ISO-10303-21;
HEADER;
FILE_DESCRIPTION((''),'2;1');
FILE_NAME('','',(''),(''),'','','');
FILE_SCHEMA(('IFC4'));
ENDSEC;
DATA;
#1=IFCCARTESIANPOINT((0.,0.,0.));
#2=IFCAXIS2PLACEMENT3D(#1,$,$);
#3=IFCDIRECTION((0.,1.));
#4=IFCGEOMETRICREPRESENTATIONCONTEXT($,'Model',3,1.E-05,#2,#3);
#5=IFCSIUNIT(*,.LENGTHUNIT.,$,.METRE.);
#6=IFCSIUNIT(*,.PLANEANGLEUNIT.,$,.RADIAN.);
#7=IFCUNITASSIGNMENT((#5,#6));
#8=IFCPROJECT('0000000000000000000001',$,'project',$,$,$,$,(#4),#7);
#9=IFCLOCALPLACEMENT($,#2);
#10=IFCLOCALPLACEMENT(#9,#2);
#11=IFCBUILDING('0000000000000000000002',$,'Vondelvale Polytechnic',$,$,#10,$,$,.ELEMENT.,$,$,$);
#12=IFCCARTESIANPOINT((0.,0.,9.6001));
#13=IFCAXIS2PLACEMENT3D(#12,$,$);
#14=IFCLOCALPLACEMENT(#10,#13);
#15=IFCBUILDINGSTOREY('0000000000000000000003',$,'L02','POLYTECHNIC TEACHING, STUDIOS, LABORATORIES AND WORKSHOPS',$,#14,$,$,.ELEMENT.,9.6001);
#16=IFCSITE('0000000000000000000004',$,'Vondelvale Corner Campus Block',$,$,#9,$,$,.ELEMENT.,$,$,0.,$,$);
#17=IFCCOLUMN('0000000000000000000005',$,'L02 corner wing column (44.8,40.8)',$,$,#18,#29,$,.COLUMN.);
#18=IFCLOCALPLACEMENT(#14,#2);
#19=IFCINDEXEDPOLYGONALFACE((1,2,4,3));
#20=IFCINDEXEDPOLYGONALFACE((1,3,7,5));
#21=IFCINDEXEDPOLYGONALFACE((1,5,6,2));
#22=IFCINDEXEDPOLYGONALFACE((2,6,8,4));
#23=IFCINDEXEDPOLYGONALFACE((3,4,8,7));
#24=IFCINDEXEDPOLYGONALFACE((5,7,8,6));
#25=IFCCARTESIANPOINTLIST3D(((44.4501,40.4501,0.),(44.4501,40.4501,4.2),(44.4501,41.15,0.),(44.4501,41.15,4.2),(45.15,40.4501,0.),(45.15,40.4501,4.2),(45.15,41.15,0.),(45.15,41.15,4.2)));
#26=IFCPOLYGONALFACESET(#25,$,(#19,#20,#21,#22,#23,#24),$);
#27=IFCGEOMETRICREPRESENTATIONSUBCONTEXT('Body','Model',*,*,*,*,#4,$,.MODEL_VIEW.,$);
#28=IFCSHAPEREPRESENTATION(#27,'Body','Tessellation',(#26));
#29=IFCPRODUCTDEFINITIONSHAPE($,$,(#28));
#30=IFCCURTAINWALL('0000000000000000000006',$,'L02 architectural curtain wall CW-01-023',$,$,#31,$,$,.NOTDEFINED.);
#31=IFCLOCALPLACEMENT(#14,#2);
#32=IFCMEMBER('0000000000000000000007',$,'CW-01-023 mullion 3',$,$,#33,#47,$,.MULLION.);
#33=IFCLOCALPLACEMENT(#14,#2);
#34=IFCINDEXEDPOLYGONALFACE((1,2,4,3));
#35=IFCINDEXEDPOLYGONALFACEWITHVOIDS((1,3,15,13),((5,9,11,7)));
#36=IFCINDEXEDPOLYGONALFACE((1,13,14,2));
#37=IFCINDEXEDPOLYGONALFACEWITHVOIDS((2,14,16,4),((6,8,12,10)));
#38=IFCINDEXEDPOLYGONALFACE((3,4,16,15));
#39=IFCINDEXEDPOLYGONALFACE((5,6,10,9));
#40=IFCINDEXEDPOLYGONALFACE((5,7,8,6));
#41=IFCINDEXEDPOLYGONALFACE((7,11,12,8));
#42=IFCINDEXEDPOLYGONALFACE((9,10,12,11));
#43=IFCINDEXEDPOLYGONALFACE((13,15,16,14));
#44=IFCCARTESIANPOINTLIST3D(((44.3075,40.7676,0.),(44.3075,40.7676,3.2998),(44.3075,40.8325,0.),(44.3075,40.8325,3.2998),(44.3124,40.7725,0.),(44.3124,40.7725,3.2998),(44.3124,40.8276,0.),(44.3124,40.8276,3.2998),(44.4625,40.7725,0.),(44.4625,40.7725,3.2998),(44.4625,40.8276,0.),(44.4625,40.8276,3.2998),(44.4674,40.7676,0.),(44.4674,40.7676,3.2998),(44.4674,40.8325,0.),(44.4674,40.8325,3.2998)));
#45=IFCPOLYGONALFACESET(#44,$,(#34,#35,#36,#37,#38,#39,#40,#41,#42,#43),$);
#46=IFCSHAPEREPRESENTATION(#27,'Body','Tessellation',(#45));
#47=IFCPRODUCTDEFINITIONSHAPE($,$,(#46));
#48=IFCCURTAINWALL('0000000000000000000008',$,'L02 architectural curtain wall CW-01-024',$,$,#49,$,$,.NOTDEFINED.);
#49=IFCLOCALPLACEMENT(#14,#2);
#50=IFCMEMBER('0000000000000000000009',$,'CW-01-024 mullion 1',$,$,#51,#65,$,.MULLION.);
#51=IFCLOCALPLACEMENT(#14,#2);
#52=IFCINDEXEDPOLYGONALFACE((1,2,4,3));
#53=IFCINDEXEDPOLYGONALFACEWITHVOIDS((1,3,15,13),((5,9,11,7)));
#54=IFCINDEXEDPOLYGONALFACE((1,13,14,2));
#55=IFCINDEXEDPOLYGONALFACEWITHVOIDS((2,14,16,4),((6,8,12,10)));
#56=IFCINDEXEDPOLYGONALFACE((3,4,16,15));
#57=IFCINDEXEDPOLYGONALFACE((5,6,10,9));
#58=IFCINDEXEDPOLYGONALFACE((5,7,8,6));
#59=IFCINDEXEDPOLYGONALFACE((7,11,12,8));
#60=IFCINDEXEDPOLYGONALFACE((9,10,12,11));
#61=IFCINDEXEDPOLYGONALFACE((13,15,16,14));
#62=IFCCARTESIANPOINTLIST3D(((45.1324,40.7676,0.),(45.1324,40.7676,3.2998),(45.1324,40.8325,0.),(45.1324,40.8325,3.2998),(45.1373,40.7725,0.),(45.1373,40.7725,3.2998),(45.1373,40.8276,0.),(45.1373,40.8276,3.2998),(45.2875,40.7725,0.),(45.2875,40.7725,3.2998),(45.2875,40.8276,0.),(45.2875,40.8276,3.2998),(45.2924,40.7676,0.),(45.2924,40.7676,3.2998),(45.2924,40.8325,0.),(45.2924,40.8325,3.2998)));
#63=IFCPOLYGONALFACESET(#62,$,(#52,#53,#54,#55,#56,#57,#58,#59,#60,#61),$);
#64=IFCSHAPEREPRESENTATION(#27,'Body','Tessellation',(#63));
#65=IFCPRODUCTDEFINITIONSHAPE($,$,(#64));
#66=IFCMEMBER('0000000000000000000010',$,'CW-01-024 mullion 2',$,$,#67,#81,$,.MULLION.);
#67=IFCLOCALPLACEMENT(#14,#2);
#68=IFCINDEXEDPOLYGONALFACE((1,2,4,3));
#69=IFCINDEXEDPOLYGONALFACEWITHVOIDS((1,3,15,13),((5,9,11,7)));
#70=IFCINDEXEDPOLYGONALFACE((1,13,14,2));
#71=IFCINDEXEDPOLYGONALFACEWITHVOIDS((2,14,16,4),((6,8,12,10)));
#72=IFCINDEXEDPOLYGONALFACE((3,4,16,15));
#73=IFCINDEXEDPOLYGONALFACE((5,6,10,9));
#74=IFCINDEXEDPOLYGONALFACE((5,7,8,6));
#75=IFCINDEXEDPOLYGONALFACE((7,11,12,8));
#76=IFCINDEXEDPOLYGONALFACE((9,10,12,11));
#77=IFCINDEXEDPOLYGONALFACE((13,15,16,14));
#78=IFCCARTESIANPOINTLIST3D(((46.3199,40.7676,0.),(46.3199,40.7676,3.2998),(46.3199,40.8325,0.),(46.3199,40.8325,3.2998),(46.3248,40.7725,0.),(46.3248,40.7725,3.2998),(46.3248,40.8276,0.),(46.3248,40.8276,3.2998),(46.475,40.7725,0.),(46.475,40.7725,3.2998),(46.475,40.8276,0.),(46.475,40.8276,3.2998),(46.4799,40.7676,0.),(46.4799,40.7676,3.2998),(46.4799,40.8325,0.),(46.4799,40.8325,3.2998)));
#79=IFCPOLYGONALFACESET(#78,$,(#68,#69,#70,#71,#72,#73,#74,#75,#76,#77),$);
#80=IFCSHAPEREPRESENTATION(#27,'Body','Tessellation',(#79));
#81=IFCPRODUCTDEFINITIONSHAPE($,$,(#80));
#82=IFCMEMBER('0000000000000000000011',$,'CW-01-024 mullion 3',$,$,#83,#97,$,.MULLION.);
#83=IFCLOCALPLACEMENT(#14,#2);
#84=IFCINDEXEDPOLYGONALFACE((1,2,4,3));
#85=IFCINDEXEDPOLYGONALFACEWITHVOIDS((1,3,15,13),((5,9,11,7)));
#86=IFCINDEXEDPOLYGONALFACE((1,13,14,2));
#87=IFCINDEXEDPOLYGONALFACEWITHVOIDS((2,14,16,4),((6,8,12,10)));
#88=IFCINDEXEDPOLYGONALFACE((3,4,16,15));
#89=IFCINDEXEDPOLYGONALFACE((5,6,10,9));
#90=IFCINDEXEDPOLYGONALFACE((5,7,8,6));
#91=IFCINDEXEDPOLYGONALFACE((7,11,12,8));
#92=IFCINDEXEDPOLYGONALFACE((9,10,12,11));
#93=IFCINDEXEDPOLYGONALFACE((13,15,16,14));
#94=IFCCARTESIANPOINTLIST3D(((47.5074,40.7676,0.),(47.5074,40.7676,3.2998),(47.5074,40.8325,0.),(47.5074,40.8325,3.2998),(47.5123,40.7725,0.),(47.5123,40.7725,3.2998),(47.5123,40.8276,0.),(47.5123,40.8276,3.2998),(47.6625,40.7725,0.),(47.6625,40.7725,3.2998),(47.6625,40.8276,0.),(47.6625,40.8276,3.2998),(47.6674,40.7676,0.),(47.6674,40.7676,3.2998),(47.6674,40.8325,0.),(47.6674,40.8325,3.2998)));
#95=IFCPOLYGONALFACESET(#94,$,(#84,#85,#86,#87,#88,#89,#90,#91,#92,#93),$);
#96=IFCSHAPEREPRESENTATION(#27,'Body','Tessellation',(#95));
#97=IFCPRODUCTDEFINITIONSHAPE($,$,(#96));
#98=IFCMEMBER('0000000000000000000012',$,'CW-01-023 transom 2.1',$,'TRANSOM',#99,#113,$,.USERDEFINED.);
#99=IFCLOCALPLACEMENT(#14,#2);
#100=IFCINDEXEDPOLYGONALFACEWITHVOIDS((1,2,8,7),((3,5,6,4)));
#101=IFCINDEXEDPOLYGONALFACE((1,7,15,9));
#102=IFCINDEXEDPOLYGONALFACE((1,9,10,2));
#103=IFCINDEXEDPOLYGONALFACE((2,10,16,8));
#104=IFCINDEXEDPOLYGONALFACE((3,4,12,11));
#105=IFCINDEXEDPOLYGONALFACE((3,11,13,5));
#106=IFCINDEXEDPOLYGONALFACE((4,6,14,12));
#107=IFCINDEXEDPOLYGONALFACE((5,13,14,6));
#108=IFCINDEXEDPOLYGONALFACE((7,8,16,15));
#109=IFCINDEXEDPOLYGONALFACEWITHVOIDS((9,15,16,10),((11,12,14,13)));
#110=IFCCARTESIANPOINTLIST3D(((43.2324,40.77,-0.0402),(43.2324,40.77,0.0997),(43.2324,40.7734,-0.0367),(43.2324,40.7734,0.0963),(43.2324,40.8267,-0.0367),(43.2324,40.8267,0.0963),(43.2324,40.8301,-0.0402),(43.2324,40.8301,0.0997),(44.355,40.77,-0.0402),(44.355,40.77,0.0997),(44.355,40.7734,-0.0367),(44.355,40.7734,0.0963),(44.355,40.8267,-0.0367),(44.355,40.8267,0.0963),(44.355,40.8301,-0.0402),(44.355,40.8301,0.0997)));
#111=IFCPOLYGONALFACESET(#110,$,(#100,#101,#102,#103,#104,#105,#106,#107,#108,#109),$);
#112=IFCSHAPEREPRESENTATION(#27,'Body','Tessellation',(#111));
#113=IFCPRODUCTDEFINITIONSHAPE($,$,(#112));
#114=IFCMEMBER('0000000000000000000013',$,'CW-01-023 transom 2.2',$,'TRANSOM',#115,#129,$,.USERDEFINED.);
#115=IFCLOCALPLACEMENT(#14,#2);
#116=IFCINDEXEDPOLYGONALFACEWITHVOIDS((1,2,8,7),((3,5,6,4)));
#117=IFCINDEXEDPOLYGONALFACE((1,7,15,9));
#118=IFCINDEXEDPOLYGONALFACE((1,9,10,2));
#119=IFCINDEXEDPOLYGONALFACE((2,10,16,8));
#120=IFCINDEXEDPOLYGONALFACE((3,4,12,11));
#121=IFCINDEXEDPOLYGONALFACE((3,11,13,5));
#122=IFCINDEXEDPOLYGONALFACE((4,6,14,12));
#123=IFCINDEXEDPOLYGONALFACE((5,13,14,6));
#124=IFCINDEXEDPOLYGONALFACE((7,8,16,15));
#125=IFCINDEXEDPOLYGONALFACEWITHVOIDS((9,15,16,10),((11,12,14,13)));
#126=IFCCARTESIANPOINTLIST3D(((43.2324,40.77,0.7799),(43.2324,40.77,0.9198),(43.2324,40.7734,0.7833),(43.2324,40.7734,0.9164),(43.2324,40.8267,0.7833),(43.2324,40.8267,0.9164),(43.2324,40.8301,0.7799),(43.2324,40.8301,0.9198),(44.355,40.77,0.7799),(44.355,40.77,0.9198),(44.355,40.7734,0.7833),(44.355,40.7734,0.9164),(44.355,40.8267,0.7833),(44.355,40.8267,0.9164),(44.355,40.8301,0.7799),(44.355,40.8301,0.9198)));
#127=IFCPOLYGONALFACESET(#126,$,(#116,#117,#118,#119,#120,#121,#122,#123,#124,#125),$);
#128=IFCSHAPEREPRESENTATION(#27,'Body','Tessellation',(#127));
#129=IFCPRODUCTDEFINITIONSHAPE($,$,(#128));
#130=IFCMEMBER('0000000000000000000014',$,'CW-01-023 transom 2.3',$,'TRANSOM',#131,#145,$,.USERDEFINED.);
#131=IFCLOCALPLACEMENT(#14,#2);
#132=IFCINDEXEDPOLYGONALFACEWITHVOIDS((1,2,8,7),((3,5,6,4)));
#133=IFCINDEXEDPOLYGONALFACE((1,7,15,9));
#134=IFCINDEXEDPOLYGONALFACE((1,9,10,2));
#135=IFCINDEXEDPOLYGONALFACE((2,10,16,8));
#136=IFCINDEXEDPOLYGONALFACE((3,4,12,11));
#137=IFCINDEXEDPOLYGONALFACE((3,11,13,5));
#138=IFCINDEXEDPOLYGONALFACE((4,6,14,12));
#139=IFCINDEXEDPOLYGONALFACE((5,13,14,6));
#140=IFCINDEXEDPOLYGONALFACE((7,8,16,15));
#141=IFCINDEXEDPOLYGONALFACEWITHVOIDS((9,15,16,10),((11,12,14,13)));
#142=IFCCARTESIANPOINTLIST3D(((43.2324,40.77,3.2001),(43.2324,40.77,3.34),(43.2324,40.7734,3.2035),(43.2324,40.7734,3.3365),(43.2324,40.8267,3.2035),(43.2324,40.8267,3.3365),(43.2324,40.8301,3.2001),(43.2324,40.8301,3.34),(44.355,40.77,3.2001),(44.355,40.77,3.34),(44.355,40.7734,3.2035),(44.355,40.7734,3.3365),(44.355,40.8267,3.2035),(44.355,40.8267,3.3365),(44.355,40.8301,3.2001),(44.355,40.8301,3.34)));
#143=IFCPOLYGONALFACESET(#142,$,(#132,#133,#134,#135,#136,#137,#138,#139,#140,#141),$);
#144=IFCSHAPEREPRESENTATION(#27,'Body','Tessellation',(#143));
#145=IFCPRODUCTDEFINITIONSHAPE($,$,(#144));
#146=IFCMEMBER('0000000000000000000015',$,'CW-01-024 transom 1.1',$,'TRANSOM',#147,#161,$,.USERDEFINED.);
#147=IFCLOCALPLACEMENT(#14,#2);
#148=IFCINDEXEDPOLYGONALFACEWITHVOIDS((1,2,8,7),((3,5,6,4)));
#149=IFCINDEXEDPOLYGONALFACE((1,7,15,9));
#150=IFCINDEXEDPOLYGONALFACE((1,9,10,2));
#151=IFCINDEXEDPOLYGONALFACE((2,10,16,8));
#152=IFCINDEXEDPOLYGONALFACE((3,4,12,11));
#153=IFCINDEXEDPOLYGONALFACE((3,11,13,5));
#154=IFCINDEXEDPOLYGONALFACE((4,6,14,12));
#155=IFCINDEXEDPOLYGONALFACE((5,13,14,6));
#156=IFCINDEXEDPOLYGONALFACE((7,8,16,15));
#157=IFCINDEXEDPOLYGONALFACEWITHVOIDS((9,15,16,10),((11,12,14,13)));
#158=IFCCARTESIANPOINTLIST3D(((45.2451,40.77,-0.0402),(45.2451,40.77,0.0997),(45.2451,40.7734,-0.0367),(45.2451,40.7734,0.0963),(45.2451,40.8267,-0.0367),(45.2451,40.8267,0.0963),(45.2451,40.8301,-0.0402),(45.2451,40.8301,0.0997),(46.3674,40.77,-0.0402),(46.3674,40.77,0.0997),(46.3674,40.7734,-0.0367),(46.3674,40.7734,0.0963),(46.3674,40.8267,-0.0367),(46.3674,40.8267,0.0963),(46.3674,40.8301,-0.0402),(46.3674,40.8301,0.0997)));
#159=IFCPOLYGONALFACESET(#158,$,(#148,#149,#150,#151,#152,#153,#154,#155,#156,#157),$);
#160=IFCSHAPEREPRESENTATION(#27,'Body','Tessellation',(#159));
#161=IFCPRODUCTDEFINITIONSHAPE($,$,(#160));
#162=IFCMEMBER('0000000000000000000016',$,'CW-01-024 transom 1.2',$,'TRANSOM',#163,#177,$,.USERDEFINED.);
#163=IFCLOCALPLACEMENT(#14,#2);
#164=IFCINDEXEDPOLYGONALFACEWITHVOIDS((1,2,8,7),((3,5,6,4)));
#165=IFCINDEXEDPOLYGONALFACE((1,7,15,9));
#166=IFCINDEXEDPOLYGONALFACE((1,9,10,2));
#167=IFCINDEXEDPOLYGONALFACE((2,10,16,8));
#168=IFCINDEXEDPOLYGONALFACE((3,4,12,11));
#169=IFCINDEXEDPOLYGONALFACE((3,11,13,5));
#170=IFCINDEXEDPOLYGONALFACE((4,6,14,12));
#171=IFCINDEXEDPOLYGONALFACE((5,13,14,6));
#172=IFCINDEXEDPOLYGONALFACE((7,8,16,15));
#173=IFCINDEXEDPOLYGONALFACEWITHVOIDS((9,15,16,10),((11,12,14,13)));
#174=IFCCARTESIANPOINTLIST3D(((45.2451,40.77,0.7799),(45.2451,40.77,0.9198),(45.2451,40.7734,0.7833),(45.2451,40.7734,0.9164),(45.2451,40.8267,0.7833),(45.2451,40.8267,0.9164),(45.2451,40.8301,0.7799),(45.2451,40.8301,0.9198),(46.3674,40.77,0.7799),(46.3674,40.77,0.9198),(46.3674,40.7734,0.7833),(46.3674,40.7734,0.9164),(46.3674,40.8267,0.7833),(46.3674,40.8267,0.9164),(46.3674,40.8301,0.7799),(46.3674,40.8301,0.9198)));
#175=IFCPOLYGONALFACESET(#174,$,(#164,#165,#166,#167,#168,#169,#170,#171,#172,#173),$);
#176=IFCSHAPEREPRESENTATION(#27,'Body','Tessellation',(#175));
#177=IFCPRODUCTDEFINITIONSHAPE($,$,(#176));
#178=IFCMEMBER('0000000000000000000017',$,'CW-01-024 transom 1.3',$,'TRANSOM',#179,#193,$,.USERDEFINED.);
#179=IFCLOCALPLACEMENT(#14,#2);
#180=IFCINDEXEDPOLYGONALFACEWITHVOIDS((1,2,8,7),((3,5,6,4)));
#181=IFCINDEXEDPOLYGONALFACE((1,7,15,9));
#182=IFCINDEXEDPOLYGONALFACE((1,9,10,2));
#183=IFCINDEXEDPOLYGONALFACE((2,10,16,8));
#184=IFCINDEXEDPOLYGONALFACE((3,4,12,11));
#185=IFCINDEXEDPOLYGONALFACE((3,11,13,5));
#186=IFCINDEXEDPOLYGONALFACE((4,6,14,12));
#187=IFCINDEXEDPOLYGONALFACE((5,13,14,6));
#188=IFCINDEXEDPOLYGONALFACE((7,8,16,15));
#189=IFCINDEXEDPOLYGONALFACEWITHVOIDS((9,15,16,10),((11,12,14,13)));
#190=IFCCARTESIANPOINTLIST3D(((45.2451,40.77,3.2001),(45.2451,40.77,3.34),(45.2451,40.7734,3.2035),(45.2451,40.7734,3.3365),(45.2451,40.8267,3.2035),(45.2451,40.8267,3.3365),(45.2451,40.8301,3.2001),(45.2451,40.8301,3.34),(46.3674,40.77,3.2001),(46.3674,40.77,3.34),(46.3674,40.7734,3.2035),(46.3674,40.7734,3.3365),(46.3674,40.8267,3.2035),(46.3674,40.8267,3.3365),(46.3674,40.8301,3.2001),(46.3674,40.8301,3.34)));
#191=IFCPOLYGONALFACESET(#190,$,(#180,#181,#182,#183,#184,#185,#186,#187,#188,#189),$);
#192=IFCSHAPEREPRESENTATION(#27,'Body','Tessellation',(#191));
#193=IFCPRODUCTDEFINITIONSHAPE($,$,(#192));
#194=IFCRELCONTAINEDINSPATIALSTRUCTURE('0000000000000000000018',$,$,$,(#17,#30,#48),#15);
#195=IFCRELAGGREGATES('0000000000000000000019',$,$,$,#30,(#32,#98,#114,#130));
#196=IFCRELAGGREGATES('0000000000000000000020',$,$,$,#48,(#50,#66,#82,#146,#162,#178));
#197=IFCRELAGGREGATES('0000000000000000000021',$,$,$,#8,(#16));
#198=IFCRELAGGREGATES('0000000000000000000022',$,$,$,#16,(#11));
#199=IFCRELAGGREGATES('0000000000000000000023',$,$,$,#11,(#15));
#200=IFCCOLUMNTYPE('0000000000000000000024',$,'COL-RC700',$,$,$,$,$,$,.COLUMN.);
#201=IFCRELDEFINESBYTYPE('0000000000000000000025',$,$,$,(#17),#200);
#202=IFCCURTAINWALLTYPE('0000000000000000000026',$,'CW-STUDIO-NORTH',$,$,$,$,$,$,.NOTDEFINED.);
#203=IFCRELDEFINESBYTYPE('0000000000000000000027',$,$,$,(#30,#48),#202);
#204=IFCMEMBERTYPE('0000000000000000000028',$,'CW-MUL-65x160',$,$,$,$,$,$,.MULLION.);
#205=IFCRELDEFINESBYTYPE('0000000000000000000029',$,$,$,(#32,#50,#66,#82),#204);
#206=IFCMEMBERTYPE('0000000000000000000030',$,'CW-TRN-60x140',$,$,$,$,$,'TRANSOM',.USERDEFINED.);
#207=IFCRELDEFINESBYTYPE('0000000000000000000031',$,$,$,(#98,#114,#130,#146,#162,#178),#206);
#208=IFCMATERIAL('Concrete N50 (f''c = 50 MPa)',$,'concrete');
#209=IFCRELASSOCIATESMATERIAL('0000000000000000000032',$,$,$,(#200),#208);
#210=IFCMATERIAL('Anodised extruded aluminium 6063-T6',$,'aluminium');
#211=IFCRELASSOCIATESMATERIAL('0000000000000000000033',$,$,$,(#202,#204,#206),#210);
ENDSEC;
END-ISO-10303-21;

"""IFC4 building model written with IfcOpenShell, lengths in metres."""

from ifc_helpers import new_model, si_unit, direction, frame, origin, origin_2d, place, context, subcontext, project, spatial, rectangle, hollow_rectangle, extrude, material, material_profile, profile_set, type_object, element, aggregate, save


model = new_model("IFC4")

# Units and contexts
model_context = context("Model", 3, precision=1e-05, world=origin(), true_north=direction((0.0, 1.0)))
body_context = subcontext(model_context, "Body", "Model", "MODEL_VIEW")
ifc_project = project(units=[si_unit("LENGTHUNIT", "METRE"), si_unit("PLANEANGLEUNIT", "RADIAN")], contexts=[model_context])

# Site, building, storey
site_placement = place(None, origin())
site = spatial("IfcSite", under=ifc_project, at=site_placement, Name="Vondelvale Corner Campus Block", CompositionType="ELEMENT", RefElevation=0.0)
building_placement = place(site_placement, origin())
building = spatial("IfcBuilding", under=site, at=building_placement, Name="Vondelvale Polytechnic", CompositionType="ELEMENT")
storey_placement = place(building_placement, frame((0.0, 0.0, 9.6001)))
storey = spatial("IfcBuildingStorey", under=building, at=storey_placement, Name="L02", Description="POLYTECHNIC TEACHING, STUDIOS, LABORATORIES AND WORKSHOPS", CompositionType="ELEMENT", Elevation=9.6001)

# Column
ifc_material_1 = material(Name="Concrete N50 (f'c = 50 MPa)", Category="concrete")
ifc_material_profile_1 = material_profile(ifc_material_1, rectangle(XDim=0.7, YDim=0.7, at=origin_2d()), Name="RC-COL-700x700")
ifc_profile_set_1 = profile_set([ifc_material_profile_1], Name="Concrete N50 (f'c = 50 MPa)")
column_type = type_object("IfcColumnType", Name="COL-RC700", PredefinedType="COLUMN", material=ifc_profile_set_1)
column_placement = place(storey_placement, frame((44.8, 40.8, 0.0), z_axis=(0.0, 0.0, 1.0), x_axis=(1.0, 0.0, 0.0)))
element("IfcColumn", 1, at=column_placement, inside=storey, type_object=column_type, Name="L02 corner wing column (44.8,40.8)", PredefinedType="COLUMN", context=body_context, shape_type="SweptSolid", body=[
    extrude(rectangle(XDim=0.7, YDim=0.7, at=origin_2d()), origin(), (0.0, 0.0, 1.0), 4.2),
])

# Curtain wall, member
ifc_material_2 = material(Name="Anodised extruded aluminium 6063-T6", Category="aluminium")
curtain_wall_type = type_object("IfcCurtainWallType", Name="CW-STUDIO-NORTH", PredefinedType="NOTDEFINED", material=ifc_material_2)
curtain_wall_1_placement = place(storey_placement, origin())
curtain_wall_1 = element("IfcCurtainWall", 2, at=curtain_wall_1_placement, inside=storey, type_object=curtain_wall_type, Name="L02 architectural curtain wall CW-01-023", PredefinedType="NOTDEFINED")
ifc_material_profile_2 = material_profile(ifc_material_2, hollow_rectangle(XDim=0.0649, YDim=0.1599, WallThickness=0.0049, at=origin_2d()), Name="CW-MUL-160x65")
ifc_profile_set_2 = profile_set([ifc_material_profile_2], Name="Anodised extruded aluminium 6063-T6")
member_type_1 = type_object("IfcMemberType", Name="CW-MUL-65x160", PredefinedType="MULLION", material=ifc_profile_set_2)
member_1_placement = place(storey_placement, frame((44.3875, 40.8, 0.0), z_axis=(0.0, 0.0, 1.0), x_axis=(0.0, 1.0, 0.0)))
member_1 = element("IfcMember", 3, at=member_1_placement, type_object=member_type_1, Name="CW-01-023 mullion 3", PredefinedType="MULLION", context=body_context, shape_type="SweptSolid", body=[
    extrude(hollow_rectangle(XDim=0.0649, YDim=0.1599, WallThickness=0.0049, at=origin_2d()), origin(), (0.0, 0.0, 1.0), 3.2998),
])

# Curtain wall, members
curtain_wall_2_placement = place(storey_placement, origin())
curtain_wall_2 = element("IfcCurtainWall", 4, at=curtain_wall_2_placement, inside=storey, type_object=curtain_wall_type, Name="L02 architectural curtain wall CW-01-024", PredefinedType="NOTDEFINED")
member_2_placement = place(storey_placement, frame((45.2124, 40.8, 0.0), z_axis=(0.0, 0.0, 1.0), x_axis=(0.0, 1.0, 0.0)))
member_2 = element("IfcMember", 5, at=member_2_placement, type_object=member_type_1, Name="CW-01-024 mullion 1", PredefinedType="MULLION", context=body_context, shape_type="SweptSolid", body=[
    extrude(hollow_rectangle(XDim=0.0649, YDim=0.1599, WallThickness=0.0049, at=origin_2d()), origin(), (0.0, 0.0, 1.0), 3.2998),
])
member_3_placement = place(storey_placement, frame((46.3999, 40.8, 0.0), z_axis=(0.0, 0.0, 1.0), x_axis=(0.0, 1.0, 0.0)))
member_3 = element("IfcMember", 6, at=member_3_placement, type_object=member_type_1, Name="CW-01-024 mullion 2", PredefinedType="MULLION", context=body_context, shape_type="SweptSolid", body=[
    extrude(hollow_rectangle(XDim=0.0649, YDim=0.1599, WallThickness=0.0049, at=origin_2d()), origin(), (0.0, 0.0, 1.0), 3.2998),
])
member_4_placement = place(storey_placement, frame((47.5874, 40.8, 0.0), z_axis=(0.0, 0.0, 1.0), x_axis=(0.0, 1.0, 0.0)))
member_4 = element("IfcMember", 7, at=member_4_placement, type_object=member_type_1, Name="CW-01-024 mullion 3", PredefinedType="MULLION", context=body_context, shape_type="SweptSolid", body=[
    extrude(hollow_rectangle(XDim=0.0649, YDim=0.1599, WallThickness=0.0049, at=origin_2d()), origin(), (0.0, 0.0, 1.0), 3.2998),
])

# Members
ifc_material_profile_3 = material_profile(ifc_material_2, hollow_rectangle(XDim=0.0601, YDim=0.1399, WallThickness=0.0034, at=origin_2d()), Name="CW-TRN-140x60")
ifc_profile_set_3 = profile_set([ifc_material_profile_3], Name="Anodised extruded aluminium 6063-T6")
member_type_2 = type_object("IfcMemberType", Name="CW-TRN-60x140", ElementType="TRANSOM", PredefinedType="USERDEFINED", material=ifc_profile_set_3)
member_5_placement = place(storey_placement, frame((43.2324, 40.8, 0.0298), z_axis=(1.0, 0.0, 0.0), x_axis=(0.0, 1.0, 0.0)))
member_5 = element("IfcMember", 8, at=member_5_placement, type_object=member_type_2, Name="CW-01-023 transom 2.1", ObjectType="TRANSOM", PredefinedType="USERDEFINED", context=body_context, shape_type="SweptSolid", body=[
    extrude(hollow_rectangle(XDim=0.0601, YDim=0.1399, WallThickness=0.0034, at=origin_2d()), origin(), (0.0, 0.0, 1.0), 1.1226),
])
member_6_placement = place(storey_placement, frame((43.2324, 40.8, 0.8499), z_axis=(1.0, 0.0, 0.0), x_axis=(0.0, 1.0, 0.0)))
member_6 = element("IfcMember", 9, at=member_6_placement, type_object=member_type_2, Name="CW-01-023 transom 2.2", ObjectType="TRANSOM", PredefinedType="USERDEFINED", context=body_context, shape_type="SweptSolid", body=[
    extrude(hollow_rectangle(XDim=0.0601, YDim=0.1399, WallThickness=0.0034, at=origin_2d()), origin(), (0.0, 0.0, 1.0), 1.1226),
])
member_7_placement = place(storey_placement, frame((43.2324, 40.8, 3.27), z_axis=(1.0, 0.0, 0.0), x_axis=(0.0, 1.0, 0.0)))
member_7 = element("IfcMember", 10, at=member_7_placement, type_object=member_type_2, Name="CW-01-023 transom 2.3", ObjectType="TRANSOM", PredefinedType="USERDEFINED", context=body_context, shape_type="SweptSolid", body=[
    extrude(hollow_rectangle(XDim=0.0601, YDim=0.1399, WallThickness=0.0034, at=origin_2d()), origin(), (0.0, 0.0, 1.0), 1.1226),
])
member_8_placement = place(storey_placement, frame((45.2451, 40.8, 0.0298), z_axis=(1.0, 0.0, 0.0), x_axis=(0.0, 1.0, 0.0)))
member_8 = element("IfcMember", 11, at=member_8_placement, type_object=member_type_2, Name="CW-01-024 transom 1.1", ObjectType="TRANSOM", PredefinedType="USERDEFINED", context=body_context, shape_type="SweptSolid", body=[
    extrude(hollow_rectangle(XDim=0.0601, YDim=0.1399, WallThickness=0.0034, at=origin_2d()), origin(), (0.0, 0.0, 1.0), 1.1223),
])
member_9_placement = place(storey_placement, frame((45.2451, 40.8, 0.8499), z_axis=(1.0, 0.0, 0.0), x_axis=(0.0, 1.0, 0.0)))
member_9 = element("IfcMember", 12, at=member_9_placement, type_object=member_type_2, Name="CW-01-024 transom 1.2", ObjectType="TRANSOM", PredefinedType="USERDEFINED", context=body_context, shape_type="SweptSolid", body=[
    extrude(hollow_rectangle(XDim=0.0601, YDim=0.1399, WallThickness=0.0034, at=origin_2d()), origin(), (0.0, 0.0, 1.0), 1.1223),
])
member_10_placement = place(storey_placement, frame((45.2451, 40.8, 3.27), z_axis=(1.0, 0.0, 0.0), x_axis=(0.0, 1.0, 0.0)))
member_10 = element("IfcMember", 13, at=member_10_placement, type_object=member_type_2, Name="CW-01-024 transom 1.3", ObjectType="TRANSOM", PredefinedType="USERDEFINED", context=body_context, shape_type="SweptSolid", body=[
    extrude(hollow_rectangle(XDim=0.0601, YDim=0.1399, WallThickness=0.0034, at=origin_2d()), origin(), (0.0, 0.0, 1.0), 1.1223),
])

aggregate(curtain_wall_1, [member_1, member_5, member_6, member_7])
aggregate(curtain_wall_2, [member_2, member_3, member_4, member_8, member_9, member_10])

save(model, "model.ifc")
